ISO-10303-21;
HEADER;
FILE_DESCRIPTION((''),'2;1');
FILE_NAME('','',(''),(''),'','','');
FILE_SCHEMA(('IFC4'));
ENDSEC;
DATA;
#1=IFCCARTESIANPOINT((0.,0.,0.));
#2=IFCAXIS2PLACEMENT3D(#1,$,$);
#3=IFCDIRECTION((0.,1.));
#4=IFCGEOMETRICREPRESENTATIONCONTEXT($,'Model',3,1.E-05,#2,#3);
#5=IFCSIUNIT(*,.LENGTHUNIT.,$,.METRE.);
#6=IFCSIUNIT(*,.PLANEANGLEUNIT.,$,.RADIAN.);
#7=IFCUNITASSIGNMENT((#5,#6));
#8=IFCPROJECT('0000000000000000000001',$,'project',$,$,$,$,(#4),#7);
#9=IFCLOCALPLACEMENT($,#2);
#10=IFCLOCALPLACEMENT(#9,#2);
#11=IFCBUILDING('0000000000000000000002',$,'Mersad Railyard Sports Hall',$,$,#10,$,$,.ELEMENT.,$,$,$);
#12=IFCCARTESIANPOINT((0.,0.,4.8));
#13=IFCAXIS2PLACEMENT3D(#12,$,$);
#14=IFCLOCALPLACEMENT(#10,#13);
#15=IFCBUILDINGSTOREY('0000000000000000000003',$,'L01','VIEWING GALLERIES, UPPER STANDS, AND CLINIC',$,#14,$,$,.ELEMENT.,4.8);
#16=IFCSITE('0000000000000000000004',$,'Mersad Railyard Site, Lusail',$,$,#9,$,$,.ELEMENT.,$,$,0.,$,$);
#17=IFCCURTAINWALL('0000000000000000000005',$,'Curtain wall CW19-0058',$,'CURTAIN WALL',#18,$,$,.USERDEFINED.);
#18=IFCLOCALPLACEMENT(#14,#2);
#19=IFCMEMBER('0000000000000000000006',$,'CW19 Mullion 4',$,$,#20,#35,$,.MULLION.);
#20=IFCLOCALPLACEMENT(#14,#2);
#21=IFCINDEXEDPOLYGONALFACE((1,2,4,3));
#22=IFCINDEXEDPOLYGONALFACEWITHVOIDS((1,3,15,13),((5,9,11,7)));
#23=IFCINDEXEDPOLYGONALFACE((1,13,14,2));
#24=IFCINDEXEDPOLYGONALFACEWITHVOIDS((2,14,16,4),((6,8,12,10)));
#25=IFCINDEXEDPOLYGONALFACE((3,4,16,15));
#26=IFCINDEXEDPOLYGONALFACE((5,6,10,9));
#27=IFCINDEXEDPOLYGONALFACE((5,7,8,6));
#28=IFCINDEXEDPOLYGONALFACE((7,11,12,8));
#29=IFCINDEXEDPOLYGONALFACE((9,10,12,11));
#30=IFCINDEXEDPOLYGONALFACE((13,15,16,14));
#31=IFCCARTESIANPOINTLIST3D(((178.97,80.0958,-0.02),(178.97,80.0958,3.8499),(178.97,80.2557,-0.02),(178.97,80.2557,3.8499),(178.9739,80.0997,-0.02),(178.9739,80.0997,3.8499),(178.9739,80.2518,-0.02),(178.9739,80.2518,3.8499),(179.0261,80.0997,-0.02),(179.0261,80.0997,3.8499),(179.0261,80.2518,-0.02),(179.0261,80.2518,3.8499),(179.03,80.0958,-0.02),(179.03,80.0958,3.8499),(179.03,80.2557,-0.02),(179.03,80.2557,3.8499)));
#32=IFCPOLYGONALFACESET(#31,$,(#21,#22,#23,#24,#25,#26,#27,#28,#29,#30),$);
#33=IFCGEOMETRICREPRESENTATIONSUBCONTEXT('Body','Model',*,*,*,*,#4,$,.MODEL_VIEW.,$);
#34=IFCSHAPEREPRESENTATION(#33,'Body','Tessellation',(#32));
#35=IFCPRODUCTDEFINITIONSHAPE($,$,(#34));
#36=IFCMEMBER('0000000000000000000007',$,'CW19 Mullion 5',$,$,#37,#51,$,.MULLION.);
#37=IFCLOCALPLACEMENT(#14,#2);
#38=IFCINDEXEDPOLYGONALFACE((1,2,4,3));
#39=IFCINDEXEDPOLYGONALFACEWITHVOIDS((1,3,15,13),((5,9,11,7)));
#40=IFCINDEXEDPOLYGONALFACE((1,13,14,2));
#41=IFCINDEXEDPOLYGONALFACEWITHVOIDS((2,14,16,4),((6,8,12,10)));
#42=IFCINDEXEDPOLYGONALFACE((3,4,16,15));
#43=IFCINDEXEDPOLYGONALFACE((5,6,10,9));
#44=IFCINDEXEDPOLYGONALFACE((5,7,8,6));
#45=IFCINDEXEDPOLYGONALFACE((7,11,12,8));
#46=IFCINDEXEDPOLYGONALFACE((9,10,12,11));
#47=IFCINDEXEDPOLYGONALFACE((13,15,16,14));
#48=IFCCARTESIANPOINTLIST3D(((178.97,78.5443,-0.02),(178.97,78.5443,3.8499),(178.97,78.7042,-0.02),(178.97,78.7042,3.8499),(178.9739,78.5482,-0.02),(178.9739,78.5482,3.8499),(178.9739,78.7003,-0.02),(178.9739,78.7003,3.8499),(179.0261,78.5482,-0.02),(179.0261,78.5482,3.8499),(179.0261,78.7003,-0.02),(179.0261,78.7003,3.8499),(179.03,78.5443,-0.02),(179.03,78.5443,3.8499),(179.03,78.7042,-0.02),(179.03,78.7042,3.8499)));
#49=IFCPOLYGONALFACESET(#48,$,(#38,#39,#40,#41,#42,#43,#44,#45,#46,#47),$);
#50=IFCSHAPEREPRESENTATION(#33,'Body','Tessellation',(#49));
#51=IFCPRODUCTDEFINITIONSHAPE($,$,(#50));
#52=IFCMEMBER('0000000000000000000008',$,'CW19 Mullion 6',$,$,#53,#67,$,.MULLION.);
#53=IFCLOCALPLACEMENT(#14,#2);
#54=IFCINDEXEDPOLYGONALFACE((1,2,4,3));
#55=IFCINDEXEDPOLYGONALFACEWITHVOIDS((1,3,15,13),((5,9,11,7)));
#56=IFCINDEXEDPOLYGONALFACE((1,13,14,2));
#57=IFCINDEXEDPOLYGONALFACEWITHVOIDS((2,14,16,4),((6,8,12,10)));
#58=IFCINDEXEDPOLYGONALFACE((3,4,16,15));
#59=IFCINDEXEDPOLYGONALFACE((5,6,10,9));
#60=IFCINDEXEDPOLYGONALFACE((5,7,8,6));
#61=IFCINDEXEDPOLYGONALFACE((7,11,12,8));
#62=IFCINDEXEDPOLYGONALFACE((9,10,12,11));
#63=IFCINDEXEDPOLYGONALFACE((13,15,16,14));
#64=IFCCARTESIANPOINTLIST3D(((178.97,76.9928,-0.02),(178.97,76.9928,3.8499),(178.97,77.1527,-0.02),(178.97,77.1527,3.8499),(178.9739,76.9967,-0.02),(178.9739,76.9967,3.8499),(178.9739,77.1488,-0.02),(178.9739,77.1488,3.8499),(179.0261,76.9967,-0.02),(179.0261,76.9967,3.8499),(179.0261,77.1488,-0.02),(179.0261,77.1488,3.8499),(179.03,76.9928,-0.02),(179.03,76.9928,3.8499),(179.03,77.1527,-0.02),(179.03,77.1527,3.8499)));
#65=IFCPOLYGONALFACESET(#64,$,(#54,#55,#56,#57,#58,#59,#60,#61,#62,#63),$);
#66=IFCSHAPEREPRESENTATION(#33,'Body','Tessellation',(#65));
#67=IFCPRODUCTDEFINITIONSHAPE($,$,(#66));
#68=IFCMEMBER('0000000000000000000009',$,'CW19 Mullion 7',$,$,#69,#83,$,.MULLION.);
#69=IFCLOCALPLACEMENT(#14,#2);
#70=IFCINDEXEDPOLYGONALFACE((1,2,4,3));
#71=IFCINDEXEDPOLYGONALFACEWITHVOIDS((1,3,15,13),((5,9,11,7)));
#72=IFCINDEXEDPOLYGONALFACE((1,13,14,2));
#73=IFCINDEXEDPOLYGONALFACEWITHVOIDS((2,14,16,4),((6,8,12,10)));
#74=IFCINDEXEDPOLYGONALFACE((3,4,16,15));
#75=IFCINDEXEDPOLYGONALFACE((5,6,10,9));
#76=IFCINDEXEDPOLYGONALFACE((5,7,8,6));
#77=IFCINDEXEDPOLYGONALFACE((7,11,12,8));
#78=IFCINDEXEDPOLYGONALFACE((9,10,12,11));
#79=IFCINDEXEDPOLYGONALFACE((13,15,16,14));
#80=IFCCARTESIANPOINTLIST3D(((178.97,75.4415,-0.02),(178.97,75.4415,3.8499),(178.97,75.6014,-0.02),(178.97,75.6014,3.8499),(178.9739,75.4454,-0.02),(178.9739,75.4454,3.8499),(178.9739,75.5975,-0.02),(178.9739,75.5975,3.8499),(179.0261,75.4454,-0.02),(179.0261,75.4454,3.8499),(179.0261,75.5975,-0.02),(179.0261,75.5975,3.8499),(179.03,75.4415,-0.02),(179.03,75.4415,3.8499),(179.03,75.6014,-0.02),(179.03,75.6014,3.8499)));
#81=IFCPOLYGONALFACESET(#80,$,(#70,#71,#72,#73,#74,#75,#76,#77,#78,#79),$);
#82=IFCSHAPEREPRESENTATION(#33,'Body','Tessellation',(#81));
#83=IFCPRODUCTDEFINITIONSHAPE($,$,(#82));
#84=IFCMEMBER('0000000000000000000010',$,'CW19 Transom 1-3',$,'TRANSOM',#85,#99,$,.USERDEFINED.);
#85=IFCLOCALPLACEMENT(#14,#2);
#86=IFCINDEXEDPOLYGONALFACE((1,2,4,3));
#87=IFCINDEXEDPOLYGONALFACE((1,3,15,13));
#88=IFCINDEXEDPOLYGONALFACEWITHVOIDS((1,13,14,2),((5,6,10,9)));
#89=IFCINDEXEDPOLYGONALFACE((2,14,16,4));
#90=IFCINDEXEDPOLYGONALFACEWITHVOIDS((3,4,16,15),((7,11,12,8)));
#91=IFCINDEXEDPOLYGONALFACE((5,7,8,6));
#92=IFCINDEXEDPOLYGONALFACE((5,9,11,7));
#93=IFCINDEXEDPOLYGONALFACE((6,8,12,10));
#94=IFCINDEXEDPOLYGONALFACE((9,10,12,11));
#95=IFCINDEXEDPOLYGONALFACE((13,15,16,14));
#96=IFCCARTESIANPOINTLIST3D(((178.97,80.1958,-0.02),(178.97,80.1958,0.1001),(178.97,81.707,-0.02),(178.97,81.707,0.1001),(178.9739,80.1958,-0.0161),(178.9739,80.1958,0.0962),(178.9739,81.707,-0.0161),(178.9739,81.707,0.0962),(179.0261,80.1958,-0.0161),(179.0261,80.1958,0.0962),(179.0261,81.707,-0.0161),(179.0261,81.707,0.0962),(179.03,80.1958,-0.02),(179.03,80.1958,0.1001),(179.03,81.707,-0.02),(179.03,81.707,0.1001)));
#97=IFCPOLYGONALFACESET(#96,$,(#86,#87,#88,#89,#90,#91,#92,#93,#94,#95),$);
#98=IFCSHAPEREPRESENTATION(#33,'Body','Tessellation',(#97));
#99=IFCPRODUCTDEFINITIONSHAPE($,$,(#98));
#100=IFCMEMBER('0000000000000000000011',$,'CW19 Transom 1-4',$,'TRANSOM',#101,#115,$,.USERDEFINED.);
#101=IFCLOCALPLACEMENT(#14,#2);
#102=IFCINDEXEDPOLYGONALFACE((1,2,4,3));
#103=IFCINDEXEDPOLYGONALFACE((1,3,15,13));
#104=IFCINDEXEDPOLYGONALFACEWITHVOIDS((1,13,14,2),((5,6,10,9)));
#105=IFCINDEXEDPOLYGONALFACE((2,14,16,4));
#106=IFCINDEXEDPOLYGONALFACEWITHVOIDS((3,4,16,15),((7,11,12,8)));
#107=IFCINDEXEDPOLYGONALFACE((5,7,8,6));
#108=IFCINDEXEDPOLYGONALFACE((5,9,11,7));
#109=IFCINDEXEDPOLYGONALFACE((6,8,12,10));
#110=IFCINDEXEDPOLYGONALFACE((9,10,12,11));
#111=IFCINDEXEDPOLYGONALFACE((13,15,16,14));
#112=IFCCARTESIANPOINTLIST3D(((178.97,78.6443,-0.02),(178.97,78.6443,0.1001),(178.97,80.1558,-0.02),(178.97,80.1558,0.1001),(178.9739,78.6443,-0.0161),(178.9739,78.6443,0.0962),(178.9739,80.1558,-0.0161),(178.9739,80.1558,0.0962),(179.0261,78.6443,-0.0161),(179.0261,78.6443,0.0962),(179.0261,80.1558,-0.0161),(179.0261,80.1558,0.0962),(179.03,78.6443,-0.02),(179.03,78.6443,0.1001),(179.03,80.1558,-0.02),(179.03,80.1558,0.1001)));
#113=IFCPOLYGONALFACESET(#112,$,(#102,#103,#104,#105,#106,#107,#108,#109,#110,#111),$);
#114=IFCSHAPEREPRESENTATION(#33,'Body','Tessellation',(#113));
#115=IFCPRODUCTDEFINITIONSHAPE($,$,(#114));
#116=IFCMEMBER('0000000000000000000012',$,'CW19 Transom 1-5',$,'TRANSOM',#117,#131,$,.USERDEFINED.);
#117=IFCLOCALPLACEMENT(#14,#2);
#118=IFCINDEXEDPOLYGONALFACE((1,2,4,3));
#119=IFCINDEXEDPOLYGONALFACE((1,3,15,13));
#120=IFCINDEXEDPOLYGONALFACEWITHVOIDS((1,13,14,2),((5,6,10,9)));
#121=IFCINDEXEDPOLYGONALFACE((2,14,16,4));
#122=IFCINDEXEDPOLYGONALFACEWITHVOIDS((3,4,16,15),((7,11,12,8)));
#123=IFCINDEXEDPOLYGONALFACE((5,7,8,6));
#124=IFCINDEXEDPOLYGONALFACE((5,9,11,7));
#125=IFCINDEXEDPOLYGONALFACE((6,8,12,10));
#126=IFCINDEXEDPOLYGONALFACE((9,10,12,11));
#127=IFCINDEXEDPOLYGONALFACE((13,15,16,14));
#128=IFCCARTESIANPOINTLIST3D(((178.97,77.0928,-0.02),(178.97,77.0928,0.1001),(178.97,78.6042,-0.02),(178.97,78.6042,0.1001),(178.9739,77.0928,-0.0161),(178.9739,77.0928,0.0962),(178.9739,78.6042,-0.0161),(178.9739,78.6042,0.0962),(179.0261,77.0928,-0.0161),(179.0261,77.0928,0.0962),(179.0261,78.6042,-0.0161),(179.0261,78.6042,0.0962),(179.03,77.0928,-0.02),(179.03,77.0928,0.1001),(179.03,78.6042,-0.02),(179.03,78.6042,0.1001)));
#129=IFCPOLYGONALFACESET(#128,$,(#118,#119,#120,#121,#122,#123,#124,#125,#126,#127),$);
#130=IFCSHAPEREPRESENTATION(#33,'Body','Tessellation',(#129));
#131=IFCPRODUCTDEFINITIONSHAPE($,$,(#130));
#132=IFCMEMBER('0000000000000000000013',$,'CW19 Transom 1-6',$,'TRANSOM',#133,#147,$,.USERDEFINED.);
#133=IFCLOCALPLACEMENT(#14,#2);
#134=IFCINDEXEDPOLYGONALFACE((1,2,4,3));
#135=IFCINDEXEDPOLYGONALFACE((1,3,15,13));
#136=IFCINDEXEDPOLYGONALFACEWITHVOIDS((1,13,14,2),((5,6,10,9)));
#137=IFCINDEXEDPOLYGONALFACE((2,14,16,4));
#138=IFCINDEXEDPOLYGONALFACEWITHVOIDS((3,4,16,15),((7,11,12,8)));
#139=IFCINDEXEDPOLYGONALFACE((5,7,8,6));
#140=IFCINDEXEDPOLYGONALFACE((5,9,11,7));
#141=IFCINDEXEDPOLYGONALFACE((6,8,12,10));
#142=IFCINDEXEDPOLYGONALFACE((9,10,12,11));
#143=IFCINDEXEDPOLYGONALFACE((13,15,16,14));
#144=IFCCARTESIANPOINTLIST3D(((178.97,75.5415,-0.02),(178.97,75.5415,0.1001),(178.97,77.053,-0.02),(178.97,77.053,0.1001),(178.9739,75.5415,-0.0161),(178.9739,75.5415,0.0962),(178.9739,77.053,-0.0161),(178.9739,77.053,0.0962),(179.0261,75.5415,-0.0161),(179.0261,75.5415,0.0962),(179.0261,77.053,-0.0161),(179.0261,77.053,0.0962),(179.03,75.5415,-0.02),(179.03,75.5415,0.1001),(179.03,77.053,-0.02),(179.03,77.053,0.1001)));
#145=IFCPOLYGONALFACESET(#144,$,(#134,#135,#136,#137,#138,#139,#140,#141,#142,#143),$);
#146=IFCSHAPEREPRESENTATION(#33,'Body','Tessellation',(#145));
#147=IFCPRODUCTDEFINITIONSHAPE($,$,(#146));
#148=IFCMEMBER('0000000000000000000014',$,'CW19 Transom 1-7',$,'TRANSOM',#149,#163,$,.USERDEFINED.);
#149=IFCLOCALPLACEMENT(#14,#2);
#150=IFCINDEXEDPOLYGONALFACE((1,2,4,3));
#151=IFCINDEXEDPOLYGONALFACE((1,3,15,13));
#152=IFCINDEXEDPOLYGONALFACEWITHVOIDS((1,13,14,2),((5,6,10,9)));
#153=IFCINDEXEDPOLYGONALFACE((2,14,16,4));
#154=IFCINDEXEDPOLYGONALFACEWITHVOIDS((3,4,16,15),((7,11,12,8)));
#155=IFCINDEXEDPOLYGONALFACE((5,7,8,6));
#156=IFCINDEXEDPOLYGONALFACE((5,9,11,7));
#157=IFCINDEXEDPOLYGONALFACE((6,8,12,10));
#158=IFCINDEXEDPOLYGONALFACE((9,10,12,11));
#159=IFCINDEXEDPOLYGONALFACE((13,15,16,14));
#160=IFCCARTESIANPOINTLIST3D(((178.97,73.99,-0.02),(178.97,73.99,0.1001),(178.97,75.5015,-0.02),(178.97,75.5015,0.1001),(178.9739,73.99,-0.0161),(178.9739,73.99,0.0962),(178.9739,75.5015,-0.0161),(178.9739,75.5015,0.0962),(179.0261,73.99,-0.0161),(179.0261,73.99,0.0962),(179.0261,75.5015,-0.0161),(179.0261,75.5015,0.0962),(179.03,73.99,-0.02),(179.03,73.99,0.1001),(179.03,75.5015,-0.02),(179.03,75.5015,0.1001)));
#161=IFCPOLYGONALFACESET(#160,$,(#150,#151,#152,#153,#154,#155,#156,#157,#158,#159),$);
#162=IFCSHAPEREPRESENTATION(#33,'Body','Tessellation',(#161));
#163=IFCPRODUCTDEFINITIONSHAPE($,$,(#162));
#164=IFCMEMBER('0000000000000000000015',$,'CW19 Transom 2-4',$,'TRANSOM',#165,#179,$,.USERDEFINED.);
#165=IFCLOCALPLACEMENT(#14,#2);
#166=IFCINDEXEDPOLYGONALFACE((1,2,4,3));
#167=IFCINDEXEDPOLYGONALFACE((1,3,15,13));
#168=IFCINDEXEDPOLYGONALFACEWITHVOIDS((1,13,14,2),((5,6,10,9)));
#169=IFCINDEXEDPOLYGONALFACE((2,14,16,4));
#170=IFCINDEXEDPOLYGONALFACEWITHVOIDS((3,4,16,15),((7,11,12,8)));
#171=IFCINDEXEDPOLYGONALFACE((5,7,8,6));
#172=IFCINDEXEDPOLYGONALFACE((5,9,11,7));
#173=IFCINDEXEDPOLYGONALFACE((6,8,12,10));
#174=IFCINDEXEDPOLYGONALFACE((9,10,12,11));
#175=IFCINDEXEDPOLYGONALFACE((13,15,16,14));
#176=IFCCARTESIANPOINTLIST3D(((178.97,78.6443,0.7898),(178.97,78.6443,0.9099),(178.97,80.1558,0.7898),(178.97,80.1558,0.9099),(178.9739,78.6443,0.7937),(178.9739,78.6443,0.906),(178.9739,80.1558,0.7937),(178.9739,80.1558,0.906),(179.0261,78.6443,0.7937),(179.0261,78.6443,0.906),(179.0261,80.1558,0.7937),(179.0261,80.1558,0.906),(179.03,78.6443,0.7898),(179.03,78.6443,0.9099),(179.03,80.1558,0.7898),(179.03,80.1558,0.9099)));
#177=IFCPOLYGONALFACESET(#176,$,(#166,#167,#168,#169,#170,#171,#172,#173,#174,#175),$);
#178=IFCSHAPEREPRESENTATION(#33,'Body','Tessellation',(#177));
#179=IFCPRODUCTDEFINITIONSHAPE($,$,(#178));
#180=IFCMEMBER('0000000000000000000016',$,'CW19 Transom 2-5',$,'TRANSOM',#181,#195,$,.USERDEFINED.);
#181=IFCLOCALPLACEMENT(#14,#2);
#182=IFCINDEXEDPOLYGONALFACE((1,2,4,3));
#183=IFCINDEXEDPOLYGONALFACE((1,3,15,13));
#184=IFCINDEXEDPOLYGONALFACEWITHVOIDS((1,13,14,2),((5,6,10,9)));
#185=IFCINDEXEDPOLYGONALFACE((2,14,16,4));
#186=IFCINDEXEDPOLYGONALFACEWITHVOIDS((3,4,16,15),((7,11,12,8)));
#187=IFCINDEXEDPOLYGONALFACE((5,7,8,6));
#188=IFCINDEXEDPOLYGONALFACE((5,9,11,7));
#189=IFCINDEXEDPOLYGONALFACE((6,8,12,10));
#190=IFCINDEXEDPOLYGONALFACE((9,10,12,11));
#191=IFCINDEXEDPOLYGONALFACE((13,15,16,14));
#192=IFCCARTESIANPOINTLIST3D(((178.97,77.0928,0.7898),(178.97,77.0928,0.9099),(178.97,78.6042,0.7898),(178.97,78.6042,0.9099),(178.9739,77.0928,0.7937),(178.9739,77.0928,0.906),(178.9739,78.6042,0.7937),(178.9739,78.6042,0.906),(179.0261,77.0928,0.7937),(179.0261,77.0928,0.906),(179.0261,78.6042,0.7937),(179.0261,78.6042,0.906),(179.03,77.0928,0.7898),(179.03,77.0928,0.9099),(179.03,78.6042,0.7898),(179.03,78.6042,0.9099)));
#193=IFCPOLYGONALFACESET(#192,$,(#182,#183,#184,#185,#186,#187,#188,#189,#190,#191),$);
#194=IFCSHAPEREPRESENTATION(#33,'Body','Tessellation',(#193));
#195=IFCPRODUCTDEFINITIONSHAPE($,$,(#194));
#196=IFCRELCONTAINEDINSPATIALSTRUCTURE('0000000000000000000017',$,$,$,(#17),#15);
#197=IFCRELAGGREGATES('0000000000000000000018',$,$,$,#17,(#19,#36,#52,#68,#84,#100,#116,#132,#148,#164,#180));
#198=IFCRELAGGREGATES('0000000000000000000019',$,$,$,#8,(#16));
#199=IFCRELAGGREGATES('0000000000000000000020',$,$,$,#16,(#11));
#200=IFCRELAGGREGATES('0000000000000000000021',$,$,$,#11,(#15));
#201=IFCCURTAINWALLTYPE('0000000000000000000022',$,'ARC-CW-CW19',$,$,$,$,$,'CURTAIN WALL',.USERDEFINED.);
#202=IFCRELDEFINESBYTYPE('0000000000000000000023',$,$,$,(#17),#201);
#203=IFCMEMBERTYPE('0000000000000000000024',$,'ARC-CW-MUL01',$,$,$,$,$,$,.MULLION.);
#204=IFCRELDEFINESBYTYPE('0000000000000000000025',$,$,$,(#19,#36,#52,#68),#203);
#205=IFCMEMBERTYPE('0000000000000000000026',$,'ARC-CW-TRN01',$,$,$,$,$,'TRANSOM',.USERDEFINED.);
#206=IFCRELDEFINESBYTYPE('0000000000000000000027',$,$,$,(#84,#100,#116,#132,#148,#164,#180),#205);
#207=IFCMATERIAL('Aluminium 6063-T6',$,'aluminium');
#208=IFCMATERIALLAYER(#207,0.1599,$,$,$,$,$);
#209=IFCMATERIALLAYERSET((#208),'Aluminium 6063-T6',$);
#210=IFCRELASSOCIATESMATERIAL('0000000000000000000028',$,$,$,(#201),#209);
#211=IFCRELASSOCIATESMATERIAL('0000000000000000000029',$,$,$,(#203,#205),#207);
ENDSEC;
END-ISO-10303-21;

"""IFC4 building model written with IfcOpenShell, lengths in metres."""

from ifc_helpers import new_model, si_unit, direction, frame, origin, origin_2d, place, context, subcontext, project, spatial, hollow_rectangle, extrude, material, layer, layer_set, material_profile, profile_set, type_object, element, aggregate, save


model = new_model("IFC4")

# Units and contexts
model_context = context("Model", 3, precision=1e-05, world=origin(), true_north=direction((0.0, 1.0)))
body_context = subcontext(model_context, "Body", "Model", "MODEL_VIEW")
ifc_project = project(units=[si_unit("LENGTHUNIT", "METRE"), si_unit("PLANEANGLEUNIT", "RADIAN")], contexts=[model_context])

# Site, building, storey
site_placement = place(None, origin())
site = spatial("IfcSite", under=ifc_project, at=site_placement, Name="Mersad Railyard Site, Lusail", CompositionType="ELEMENT", RefElevation=0.0)
building_placement = place(site_placement, origin())
building = spatial("IfcBuilding", under=site, at=building_placement, Name="Mersad Railyard Sports Hall", CompositionType="ELEMENT")
storey_placement = place(building_placement, frame((0.0, 0.0, 4.8)))
storey = spatial("IfcBuildingStorey", under=building, at=storey_placement, Name="L01", Description="VIEWING GALLERIES, UPPER STANDS, AND CLINIC", CompositionType="ELEMENT", Elevation=4.8)

# Curtain wall, members
ifc_material_1 = material(Name="Aluminium 6063-T6", Category="aluminium")
ifc_layer_1 = layer(ifc_material_1, 0.1599)
ifc_layer_set_1 = layer_set([ifc_layer_1], Name="Aluminium 6063-T6")
curtain_wall_type = type_object("IfcCurtainWallType", Name="ARC-CW-CW19", ElementType="CURTAIN WALL", PredefinedType="USERDEFINED", material=ifc_layer_set_1)
curtain_wall_placement = place(storey_placement, origin())
curtain_wall = element("IfcCurtainWall", 1, at=curtain_wall_placement, inside=storey, type_object=curtain_wall_type, Name="Curtain wall CW19-0058", ObjectType="CURTAIN WALL", PredefinedType="USERDEFINED")
ifc_material_profile_1 = material_profile(ifc_material_1, hollow_rectangle(XDim=0.0601, YDim=0.1599, WallThickness=0.0039, at=origin_2d()), Name="AL MULLION 60x160x4")
ifc_profile_set_1 = profile_set([ifc_material_profile_1], Name="Aluminium 6063-T6")
member_type_1 = type_object("IfcMemberType", Name="ARC-CW-MUL01", PredefinedType="MULLION", material=ifc_profile_set_1)
member_1_placement = place(storey_placement, frame((179.0, 80.1758, -0.02), z_axis=(0.0, 0.0, 1.0), x_axis=(1.0, 0.0, 0.0)))
member_1 = element("IfcMember", 2, at=member_1_placement, type_object=member_type_1, Name="CW19 Mullion 4", PredefinedType="MULLION", context=body_context, shape_type="SweptSolid", body=[
    extrude(hollow_rectangle(XDim=0.0601, YDim=0.1599, WallThickness=0.0039, at=origin_2d()), origin(), (0.0, 0.0, 1.0), 3.8699),
])
member_2_placement = place(storey_placement, frame((179.0, 78.6243, -0.02), z_axis=(0.0, 0.0, 1.0), x_axis=(1.0, 0.0, 0.0)))
member_2 = element("IfcMember", 3, at=member_2_placement, type_object=member_type_1, Name="CW19 Mullion 5", PredefinedType="MULLION", context=body_context, shape_type="SweptSolid", body=[
    extrude(hollow_rectangle(XDim=0.0601, YDim=0.1599, WallThickness=0.0039, at=origin_2d()), origin(), (0.0, 0.0, 1.0), 3.8699),
])
member_3_placement = place(storey_placement, frame((179.0, 77.0728, -0.02), z_axis=(0.0, 0.0, 1.0), x_axis=(1.0, 0.0, 0.0)))
member_3 = element("IfcMember", 4, at=member_3_placement, type_object=member_type_1, Name="CW19 Mullion 6", PredefinedType="MULLION", context=body_context, shape_type="SweptSolid", body=[
    extrude(hollow_rectangle(XDim=0.0601, YDim=0.1599, WallThickness=0.0039, at=origin_2d()), origin(), (0.0, 0.0, 1.0), 3.8699),
])
member_4_placement = place(storey_placement, frame((179.0, 75.5215, -0.02), z_axis=(0.0, 0.0, 1.0), x_axis=(1.0, 0.0, 0.0)))
member_4 = element("IfcMember", 5, at=member_4_placement, type_object=member_type_1, Name="CW19 Mullion 7", PredefinedType="MULLION", context=body_context, shape_type="SweptSolid", body=[
    extrude(hollow_rectangle(XDim=0.0601, YDim=0.1599, WallThickness=0.0039, at=origin_2d()), origin(), (0.0, 0.0, 1.0), 3.8699),
])
ifc_material_profile_2 = material_profile(ifc_material_1, hollow_rectangle(XDim=0.0601, YDim=0.1201, WallThickness=0.0039, at=origin_2d()), Name="AL TRANSOM 60x120x4")
ifc_profile_set_2 = profile_set([ifc_material_profile_2], Name="Aluminium 6063-T6")
member_type_2 = type_object("IfcMemberType", Name="ARC-CW-TRN01", ElementType="TRANSOM", PredefinedType="USERDEFINED", material=ifc_profile_set_2)
member_5_placement = place(storey_placement, frame((179.0, 81.707, 0.04), z_axis=(0.0, -1.0, 0.0), x_axis=(1.0, 0.0, 0.0)))
member_5 = element("IfcMember", 6, at=member_5_placement, type_object=member_type_2, Name="CW19 Transom 1-3", ObjectType="TRANSOM", PredefinedType="USERDEFINED", context=body_context, shape_type="SweptSolid", body=[
    extrude(hollow_rectangle(XDim=0.0601, YDim=0.1201, WallThickness=0.0039, at=origin_2d()), origin(), (0.0, 0.0, 1.0), 1.5112),
])
member_6_placement = place(storey_placement, frame((179.0, 80.1558, 0.04), z_axis=(0.0, -1.0, 0.0), x_axis=(1.0, 0.0, 0.0)))
member_6 = element("IfcMember", 7, at=member_6_placement, type_object=member_type_2, Name="CW19 Transom 1-4", ObjectType="TRANSOM", PredefinedType="USERDEFINED", context=body_context, shape_type="SweptSolid", body=[
    extrude(hollow_rectangle(XDim=0.0601, YDim=0.1201, WallThickness=0.0039, at=origin_2d()), origin(), (0.0, 0.0, 1.0), 1.5115),
])
member_7_placement = place(storey_placement, frame((179.0, 78.6042, 0.04), z_axis=(0.0, -1.0, 0.0), x_axis=(1.0, 0.0, 0.0)))
member_7 = element("IfcMember", 8, at=member_7_placement, type_object=member_type_2, Name="CW19 Transom 1-5", ObjectType="TRANSOM", PredefinedType="USERDEFINED", context=body_context, shape_type="SweptSolid", body=[
    extrude(hollow_rectangle(XDim=0.0601, YDim=0.1201, WallThickness=0.0039, at=origin_2d()), origin(), (0.0, 0.0, 1.0), 1.5115),
])
member_8_placement = place(storey_placement, frame((179.0, 77.053, 0.04), z_axis=(0.0, -1.0, 0.0), x_axis=(1.0, 0.0, 0.0)))
member_8 = element("IfcMember", 9, at=member_8_placement, type_object=member_type_2, Name="CW19 Transom 1-6", ObjectType="TRANSOM", PredefinedType="USERDEFINED", context=body_context, shape_type="SweptSolid", body=[
    extrude(hollow_rectangle(XDim=0.0601, YDim=0.1201, WallThickness=0.0039, at=origin_2d()), origin(), (0.0, 0.0, 1.0), 1.5115),
])
member_9_placement = place(storey_placement, frame((179.0, 75.5015, 0.04), z_axis=(0.0, -1.0, 0.0), x_axis=(1.0, 0.0, 0.0)))
member_9 = element("IfcMember", 10, at=member_9_placement, type_object=member_type_2, Name="CW19 Transom 1-7", ObjectType="TRANSOM", PredefinedType="USERDEFINED", context=body_context, shape_type="SweptSolid", body=[
    extrude(hollow_rectangle(XDim=0.0601, YDim=0.1201, WallThickness=0.0039, at=origin_2d()), origin(), (0.0, 0.0, 1.0), 1.5115),
])
member_10_placement = place(storey_placement, frame((179.0, 80.1558, 0.8499), z_axis=(0.0, -1.0, 0.0), x_axis=(1.0, 0.0, 0.0)))
member_10 = element("IfcMember", 11, at=member_10_placement, type_object=member_type_2, Name="CW19 Transom 2-4", ObjectType="TRANSOM", PredefinedType="USERDEFINED", context=body_context, shape_type="SweptSolid", body=[
    extrude(hollow_rectangle(XDim=0.0601, YDim=0.1201, WallThickness=0.0039, at=origin_2d()), origin(), (0.0, 0.0, 1.0), 1.5115),
])
member_11_placement = place(storey_placement, frame((179.0, 78.6042, 0.8499), z_axis=(0.0, -1.0, 0.0), x_axis=(1.0, 0.0, 0.0)))
member_11 = element("IfcMember", 12, at=member_11_placement, type_object=member_type_2, Name="CW19 Transom 2-5", ObjectType="TRANSOM", PredefinedType="USERDEFINED", context=body_context, shape_type="SweptSolid", body=[
    extrude(hollow_rectangle(XDim=0.0601, YDim=0.1201, WallThickness=0.0039, at=origin_2d()), origin(), (0.0, 0.0, 1.0), 1.5115),
])
aggregate(curtain_wall, [member_1, member_2, member_3, member_4, member_5, member_6, member_7, member_8, member_9, member_10, member_11])

save(model, "model.ifc")
